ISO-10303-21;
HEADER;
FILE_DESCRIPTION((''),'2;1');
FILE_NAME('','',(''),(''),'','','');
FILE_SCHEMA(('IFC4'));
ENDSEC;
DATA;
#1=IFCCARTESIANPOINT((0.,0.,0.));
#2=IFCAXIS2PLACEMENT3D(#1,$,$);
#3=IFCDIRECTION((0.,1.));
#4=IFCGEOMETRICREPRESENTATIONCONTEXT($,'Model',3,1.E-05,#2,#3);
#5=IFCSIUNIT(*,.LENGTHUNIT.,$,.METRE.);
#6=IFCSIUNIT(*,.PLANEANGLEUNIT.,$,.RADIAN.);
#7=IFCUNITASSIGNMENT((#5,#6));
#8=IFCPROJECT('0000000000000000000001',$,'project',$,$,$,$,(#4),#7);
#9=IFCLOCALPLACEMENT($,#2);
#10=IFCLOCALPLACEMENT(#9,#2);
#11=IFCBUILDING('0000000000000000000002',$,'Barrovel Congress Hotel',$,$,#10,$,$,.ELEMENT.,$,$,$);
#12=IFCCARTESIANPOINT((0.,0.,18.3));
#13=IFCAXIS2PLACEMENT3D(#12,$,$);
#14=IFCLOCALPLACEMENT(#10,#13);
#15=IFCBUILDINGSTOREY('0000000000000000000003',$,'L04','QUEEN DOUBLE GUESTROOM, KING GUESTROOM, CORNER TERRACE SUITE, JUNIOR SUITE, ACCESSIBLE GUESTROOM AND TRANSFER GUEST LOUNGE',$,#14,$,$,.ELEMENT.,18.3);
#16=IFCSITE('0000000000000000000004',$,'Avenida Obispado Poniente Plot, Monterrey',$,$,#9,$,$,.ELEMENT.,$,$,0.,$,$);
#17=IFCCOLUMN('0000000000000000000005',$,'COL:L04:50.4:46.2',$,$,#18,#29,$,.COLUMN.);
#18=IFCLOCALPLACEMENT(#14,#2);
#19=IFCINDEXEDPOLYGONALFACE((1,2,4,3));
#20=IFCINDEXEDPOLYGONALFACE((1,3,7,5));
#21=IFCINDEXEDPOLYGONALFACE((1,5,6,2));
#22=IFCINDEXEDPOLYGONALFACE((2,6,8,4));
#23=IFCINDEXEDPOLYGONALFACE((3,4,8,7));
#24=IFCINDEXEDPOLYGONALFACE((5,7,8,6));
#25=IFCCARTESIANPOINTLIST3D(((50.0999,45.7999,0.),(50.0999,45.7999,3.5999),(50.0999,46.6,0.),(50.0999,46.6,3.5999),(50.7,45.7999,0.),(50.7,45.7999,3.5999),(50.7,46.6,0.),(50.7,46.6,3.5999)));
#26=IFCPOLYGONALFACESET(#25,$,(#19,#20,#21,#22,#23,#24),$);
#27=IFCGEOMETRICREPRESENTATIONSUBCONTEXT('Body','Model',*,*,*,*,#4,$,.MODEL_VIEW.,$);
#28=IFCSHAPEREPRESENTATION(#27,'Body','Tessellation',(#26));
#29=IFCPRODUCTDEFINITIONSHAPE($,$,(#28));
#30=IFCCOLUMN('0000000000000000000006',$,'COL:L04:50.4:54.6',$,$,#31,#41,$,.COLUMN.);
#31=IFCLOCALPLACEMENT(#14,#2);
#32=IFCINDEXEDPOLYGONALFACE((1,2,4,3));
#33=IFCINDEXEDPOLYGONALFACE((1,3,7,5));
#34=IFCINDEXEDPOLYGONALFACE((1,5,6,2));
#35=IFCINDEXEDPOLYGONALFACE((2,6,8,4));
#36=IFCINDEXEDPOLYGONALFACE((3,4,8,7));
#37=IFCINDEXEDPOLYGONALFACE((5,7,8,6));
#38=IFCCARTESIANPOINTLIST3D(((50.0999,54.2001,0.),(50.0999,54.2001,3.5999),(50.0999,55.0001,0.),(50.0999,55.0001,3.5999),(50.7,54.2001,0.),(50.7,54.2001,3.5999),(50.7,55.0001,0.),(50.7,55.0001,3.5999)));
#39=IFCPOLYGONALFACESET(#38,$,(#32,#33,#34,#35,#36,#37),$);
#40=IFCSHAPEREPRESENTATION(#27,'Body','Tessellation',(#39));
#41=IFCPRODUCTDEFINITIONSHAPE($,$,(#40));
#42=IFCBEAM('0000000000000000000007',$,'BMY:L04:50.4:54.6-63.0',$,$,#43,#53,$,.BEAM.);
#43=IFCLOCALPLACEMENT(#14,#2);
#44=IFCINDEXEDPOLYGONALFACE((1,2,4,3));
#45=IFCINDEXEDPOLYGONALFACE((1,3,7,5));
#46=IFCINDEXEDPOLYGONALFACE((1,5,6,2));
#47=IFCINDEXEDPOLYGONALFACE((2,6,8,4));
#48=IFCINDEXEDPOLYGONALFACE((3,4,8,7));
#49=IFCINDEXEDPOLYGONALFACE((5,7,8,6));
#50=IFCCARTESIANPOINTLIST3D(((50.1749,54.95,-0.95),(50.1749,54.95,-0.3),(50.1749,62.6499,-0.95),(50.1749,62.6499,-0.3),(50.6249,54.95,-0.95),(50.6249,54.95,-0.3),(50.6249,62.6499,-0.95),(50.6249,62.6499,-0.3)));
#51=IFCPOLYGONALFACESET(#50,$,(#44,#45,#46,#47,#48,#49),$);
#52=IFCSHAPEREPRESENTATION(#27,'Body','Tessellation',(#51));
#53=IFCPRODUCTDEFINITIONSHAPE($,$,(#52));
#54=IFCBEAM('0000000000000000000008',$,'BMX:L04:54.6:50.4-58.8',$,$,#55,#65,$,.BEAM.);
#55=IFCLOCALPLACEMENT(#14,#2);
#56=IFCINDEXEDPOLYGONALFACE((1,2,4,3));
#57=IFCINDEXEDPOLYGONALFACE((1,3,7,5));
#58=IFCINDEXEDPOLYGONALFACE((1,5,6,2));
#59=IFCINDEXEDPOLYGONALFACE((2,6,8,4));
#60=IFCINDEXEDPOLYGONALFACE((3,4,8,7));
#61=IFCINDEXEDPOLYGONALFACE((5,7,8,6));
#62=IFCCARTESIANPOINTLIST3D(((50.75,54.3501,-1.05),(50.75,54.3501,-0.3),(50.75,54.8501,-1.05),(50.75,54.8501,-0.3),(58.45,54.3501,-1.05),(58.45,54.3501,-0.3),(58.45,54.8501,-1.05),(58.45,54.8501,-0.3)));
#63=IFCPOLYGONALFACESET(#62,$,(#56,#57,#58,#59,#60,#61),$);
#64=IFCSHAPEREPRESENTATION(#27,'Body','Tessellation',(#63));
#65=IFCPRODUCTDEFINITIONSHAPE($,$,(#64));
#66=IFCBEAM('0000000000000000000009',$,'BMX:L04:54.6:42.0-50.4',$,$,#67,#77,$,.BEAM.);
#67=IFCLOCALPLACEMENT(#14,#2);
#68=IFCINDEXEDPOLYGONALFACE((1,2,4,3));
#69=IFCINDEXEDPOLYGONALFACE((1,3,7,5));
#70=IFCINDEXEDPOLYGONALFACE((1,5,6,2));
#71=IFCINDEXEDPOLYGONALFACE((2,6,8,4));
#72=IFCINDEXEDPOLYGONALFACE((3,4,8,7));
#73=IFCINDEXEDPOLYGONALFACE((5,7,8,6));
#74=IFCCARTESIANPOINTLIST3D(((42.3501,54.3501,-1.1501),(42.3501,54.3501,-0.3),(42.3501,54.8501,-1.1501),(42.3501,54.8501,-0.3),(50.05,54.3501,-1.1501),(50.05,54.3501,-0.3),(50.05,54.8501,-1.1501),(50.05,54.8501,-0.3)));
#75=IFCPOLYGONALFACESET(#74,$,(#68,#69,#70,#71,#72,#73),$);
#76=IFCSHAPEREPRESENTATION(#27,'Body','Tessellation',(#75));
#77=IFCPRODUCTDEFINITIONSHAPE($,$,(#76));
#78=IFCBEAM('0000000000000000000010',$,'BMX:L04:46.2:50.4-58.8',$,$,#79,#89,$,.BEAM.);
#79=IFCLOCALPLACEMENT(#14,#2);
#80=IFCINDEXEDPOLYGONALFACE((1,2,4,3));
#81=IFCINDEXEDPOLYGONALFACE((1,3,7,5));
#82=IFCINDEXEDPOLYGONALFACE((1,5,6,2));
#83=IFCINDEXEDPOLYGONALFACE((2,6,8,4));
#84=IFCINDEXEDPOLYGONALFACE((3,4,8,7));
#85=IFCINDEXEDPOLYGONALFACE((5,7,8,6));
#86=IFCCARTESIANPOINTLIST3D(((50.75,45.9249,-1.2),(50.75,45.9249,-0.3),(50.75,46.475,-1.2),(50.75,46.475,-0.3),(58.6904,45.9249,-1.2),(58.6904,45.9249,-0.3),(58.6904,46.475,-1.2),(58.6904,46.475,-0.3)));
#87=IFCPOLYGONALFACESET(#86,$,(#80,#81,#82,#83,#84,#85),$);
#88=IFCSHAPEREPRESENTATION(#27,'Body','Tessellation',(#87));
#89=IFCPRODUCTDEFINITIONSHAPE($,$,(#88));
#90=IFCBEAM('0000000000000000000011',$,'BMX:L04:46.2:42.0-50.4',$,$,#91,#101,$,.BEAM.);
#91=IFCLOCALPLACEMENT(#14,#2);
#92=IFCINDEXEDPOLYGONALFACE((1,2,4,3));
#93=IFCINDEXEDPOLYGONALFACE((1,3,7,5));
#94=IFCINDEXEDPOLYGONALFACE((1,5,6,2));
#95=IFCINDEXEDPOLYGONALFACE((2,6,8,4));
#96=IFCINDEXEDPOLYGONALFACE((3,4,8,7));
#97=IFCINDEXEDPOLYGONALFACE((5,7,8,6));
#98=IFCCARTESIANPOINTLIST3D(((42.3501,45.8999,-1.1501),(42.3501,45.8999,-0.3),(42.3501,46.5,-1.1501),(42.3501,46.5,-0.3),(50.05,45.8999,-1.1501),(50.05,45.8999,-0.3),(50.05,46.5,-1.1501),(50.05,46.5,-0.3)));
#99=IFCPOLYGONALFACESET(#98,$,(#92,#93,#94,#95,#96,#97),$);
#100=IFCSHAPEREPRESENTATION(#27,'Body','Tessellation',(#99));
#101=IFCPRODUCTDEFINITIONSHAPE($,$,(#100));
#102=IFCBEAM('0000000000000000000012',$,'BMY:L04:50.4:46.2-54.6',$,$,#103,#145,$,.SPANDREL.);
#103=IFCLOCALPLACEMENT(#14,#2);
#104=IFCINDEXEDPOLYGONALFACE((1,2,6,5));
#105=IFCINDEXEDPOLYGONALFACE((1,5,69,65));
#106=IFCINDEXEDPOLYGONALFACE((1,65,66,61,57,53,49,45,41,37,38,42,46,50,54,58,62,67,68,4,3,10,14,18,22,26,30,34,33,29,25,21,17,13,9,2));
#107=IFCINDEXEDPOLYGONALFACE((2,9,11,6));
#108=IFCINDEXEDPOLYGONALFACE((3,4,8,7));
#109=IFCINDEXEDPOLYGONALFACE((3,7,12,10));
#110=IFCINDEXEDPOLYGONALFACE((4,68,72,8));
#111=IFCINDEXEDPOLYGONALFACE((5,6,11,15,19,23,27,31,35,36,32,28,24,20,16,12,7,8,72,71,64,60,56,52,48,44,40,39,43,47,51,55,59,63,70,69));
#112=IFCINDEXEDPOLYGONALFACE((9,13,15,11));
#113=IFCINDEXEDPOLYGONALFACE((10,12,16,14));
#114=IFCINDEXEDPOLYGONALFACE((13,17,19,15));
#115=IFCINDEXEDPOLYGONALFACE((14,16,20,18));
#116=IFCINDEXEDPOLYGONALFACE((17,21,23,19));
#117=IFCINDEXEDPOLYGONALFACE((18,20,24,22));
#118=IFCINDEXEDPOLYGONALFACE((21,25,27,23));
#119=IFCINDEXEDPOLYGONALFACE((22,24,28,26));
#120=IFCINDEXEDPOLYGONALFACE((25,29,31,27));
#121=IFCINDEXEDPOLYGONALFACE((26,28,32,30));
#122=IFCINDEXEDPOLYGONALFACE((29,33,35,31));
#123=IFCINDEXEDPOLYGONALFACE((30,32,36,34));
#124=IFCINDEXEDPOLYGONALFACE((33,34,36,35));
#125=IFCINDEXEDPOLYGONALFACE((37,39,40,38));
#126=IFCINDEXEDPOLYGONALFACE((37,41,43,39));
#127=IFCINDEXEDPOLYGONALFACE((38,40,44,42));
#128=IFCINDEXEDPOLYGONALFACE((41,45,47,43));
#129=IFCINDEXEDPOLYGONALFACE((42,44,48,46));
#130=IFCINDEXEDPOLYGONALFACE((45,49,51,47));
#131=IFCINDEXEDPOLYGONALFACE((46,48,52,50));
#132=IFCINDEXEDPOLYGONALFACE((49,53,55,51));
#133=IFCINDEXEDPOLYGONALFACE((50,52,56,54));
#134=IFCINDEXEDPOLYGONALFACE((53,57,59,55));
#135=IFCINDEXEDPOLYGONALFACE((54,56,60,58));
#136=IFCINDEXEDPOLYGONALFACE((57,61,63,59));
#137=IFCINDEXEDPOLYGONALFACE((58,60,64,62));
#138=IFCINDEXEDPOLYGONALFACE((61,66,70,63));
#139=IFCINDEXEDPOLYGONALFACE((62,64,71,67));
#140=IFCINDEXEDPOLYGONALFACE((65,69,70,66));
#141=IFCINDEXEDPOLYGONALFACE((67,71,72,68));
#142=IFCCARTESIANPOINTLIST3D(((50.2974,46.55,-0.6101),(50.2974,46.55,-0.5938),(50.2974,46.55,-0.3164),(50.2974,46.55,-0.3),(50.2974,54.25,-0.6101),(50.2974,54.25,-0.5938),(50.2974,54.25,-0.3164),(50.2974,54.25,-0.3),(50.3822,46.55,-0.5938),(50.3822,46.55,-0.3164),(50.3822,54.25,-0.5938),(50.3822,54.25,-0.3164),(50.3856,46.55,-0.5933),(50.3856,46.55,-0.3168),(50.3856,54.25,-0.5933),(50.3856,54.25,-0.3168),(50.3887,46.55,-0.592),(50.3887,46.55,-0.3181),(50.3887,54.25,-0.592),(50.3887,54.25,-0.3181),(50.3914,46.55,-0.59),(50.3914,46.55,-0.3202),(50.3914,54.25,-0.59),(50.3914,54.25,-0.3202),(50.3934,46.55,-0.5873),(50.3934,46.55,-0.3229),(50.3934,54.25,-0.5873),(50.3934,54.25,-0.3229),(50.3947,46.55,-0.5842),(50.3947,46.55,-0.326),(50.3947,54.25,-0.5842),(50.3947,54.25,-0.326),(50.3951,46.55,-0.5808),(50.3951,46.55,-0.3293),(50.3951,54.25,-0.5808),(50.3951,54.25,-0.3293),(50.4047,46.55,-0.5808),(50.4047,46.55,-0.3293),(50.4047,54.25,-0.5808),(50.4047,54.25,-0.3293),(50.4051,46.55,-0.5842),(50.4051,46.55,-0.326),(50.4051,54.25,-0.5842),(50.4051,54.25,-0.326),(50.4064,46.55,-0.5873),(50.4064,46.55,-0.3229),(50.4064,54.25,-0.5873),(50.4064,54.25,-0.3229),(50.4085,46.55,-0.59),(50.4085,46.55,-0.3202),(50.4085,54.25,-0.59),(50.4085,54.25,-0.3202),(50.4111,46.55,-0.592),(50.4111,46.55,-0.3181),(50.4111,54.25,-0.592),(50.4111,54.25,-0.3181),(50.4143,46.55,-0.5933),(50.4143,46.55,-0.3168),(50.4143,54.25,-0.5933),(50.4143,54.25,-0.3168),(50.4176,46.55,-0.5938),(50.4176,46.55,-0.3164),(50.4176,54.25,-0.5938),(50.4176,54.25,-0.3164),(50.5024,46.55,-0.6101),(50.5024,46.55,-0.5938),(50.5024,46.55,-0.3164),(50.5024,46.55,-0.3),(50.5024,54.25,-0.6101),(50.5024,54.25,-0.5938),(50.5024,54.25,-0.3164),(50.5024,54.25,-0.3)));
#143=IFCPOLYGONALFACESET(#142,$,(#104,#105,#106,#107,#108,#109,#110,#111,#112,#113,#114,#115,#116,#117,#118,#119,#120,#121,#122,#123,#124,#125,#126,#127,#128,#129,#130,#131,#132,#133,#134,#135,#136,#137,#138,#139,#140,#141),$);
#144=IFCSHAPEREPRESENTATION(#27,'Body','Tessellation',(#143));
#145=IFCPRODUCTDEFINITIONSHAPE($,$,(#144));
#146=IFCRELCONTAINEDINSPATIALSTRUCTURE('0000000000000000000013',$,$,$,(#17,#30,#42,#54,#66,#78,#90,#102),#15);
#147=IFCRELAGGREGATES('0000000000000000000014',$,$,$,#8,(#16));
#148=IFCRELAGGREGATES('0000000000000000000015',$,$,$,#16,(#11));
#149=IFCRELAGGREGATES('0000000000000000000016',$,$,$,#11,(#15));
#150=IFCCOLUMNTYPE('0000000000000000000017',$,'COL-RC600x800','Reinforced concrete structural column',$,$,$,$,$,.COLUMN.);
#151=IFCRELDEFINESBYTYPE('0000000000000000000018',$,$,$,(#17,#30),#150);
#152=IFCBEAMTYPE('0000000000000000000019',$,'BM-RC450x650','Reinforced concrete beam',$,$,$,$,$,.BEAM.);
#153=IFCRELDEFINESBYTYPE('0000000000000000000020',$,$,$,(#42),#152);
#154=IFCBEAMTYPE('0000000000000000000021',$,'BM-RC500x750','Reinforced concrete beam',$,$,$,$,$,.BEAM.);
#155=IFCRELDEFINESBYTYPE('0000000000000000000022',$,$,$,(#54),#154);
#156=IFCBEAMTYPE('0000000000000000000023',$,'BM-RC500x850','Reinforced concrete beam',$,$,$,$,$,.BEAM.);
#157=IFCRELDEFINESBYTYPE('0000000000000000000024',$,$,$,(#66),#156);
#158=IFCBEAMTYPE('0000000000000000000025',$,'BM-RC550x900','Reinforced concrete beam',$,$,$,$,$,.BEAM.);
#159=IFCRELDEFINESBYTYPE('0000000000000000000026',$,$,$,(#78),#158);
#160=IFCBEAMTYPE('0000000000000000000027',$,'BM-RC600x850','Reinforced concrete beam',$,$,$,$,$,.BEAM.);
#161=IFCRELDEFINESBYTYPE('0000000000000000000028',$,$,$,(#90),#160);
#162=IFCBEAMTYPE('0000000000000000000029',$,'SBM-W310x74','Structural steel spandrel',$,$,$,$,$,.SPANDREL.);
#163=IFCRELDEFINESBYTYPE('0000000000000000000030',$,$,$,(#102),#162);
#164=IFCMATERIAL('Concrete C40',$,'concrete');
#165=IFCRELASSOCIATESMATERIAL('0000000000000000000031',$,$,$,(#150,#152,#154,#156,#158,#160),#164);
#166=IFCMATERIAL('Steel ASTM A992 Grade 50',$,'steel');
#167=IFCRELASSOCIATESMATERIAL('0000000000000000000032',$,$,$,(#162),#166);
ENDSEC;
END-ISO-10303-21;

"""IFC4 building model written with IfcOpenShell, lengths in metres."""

from ifc_helpers import new_model, si_unit, direction, frame, origin, origin_2d, place, context, subcontext, project, spatial, rectangle, i_section, extrude, material, material_profile, profile_set, type_object, element, save


model = new_model("IFC4")

# Units and contexts
model_context = context("Model", 3, precision=1e-05, world=origin(), true_north=direction((0.0, 1.0)))
body_context = subcontext(model_context, "Body", "Model", "MODEL_VIEW")
ifc_project = project(units=[si_unit("LENGTHUNIT", "METRE"), si_unit("PLANEANGLEUNIT", "RADIAN")], contexts=[model_context])

# Site, building, storey
site_placement = place(None, origin())
site = spatial("IfcSite", under=ifc_project, at=site_placement, Name="Avenida Obispado Poniente Plot, Monterrey", CompositionType="ELEMENT", RefElevation=0.0)
building_placement = place(site_placement, origin())
building = spatial("IfcBuilding", under=site, at=building_placement, Name="Barrovel Congress Hotel", CompositionType="ELEMENT")
storey_placement = place(building_placement, frame((0.0, 0.0, 18.3)))
storey = spatial("IfcBuildingStorey", under=building, at=storey_placement, Name="L04", Description="QUEEN DOUBLE GUESTROOM, KING GUESTROOM, CORNER TERRACE SUITE, JUNIOR SUITE, ACCESSIBLE GUESTROOM AND TRANSFER GUEST LOUNGE", CompositionType="ELEMENT", Elevation=18.3)

# Columns
ifc_material_1 = material(Name="Concrete C40", Category="concrete")
ifc_material_profile_1 = material_profile(ifc_material_1, rectangle(XDim=0.6001, YDim=0.8, at=origin_2d()), Name="RC600x800")
ifc_profile_set_1 = profile_set([ifc_material_profile_1], Name="Concrete C40")
column_type = type_object("IfcColumnType", Name="COL-RC600x800", Description="Reinforced concrete structural column", PredefinedType="COLUMN", material=ifc_profile_set_1)
for number, where, z_axis, x_axis, name in (
    (1, (50.3999, 46.2, 0.0), (0.0, 0.0, 1.0), (1.0, 0.0, 0.0), "COL:L04:50.4:46.2"),
    (2, (50.3999, 54.6001, 0.0), (0.0, 0.0, 1.0), (1.0, 0.0, 0.0), "COL:L04:50.4:54.6"),
):
    element("IfcColumn", number, at=place(storey_placement, frame(where, z_axis=z_axis, x_axis=x_axis)), inside=storey, type_object=column_type, Name=name, PredefinedType="COLUMN", context=body_context, shape_type="SweptSolid", body=[
        extrude(rectangle(XDim=0.6001, YDim=0.8, at=origin_2d()), origin(), (0.0, 0.0, 1.0), 3.5999),
    ])

# Beams
ifc_material_profile_2 = material_profile(ifc_material_1, rectangle(XDim=0.45, YDim=0.6499, at=origin_2d()), Name="RC450x650")
ifc_profile_set_2 = profile_set([ifc_material_profile_2], Name="Concrete C40")
beam_type_1 = type_object("IfcBeamType", Name="BM-RC450x650", Description="Reinforced concrete beam", PredefinedType="BEAM", material=ifc_profile_set_2)
beam_1_placement = place(storey_placement, frame((50.3999, 54.95, -0.625), z_axis=(0.0, 1.0, 0.0), x_axis=(-1.0, 0.0, 0.0)))
element("IfcBeam", 3, at=beam_1_placement, inside=storey, type_object=beam_type_1, Name="BMY:L04:50.4:54.6-63.0", PredefinedType="BEAM", context=body_context, shape_type="SweptSolid", body=[
    extrude(rectangle(XDim=0.45, YDim=0.6499, at=origin_2d()), origin(), (0.0, 0.0, 1.0), 7.7),
])
ifc_material_profile_3 = material_profile(ifc_material_1, rectangle(XDim=0.5, YDim=0.75, at=origin_2d()), Name="RC500x750")
ifc_profile_set_3 = profile_set([ifc_material_profile_3], Name="Concrete C40")
beam_type_2 = type_object("IfcBeamType", Name="BM-RC500x750", Description="Reinforced concrete beam", PredefinedType="BEAM", material=ifc_profile_set_3)
beam_2_placement = place(storey_placement, frame((50.75, 54.6001, -0.675), z_axis=(1.0, 0.0, 0.0), x_axis=(0.0, 1.0, 0.0)))
element("IfcBeam", 4, at=beam_2_placement, inside=storey, type_object=beam_type_2, Name="BMX:L04:54.6:50.4-58.8", PredefinedType="BEAM", context=body_context, shape_type="SweptSolid", body=[
    extrude(rectangle(XDim=0.5, YDim=0.75, at=origin_2d()), origin(), (0.0, 0.0, 1.0), 7.7),
])
ifc_material_profile_4 = material_profile(ifc_material_1, rectangle(XDim=0.5, YDim=0.8501, at=origin_2d()), Name="RC500x850")
ifc_profile_set_4 = profile_set([ifc_material_profile_4], Name="Concrete C40")
beam_type_3 = type_object("IfcBeamType", Name="BM-RC500x850", Description="Reinforced concrete beam", PredefinedType="BEAM", material=ifc_profile_set_4)
beam_3_placement = place(storey_placement, frame((42.3501, 54.6001, -0.7251), z_axis=(1.0, 0.0, 0.0), x_axis=(0.0, 1.0, 0.0)))
element("IfcBeam", 5, at=beam_3_placement, inside=storey, type_object=beam_type_3, Name="BMX:L04:54.6:42.0-50.4", PredefinedType="BEAM", context=body_context, shape_type="SweptSolid", body=[
    extrude(rectangle(XDim=0.5, YDim=0.8501, at=origin_2d()), origin(), (0.0, 0.0, 1.0), 7.7),
])
ifc_material_profile_5 = material_profile(ifc_material_1, rectangle(XDim=0.55, YDim=0.8999, at=origin_2d()), Name="RC550x900")
ifc_profile_set_5 = profile_set([ifc_material_profile_5], Name="Concrete C40")
beam_type_4 = type_object("IfcBeamType", Name="BM-RC550x900", Description="Reinforced concrete beam", PredefinedType="BEAM", material=ifc_profile_set_5)
beam_4_placement = place(storey_placement, frame((50.75, 46.2, -0.75), z_axis=(1.0, 0.0, 0.0), x_axis=(0.0, 1.0, 0.0)))
element("IfcBeam", 6, at=beam_4_placement, inside=storey, type_object=beam_type_4, Name="BMX:L04:46.2:50.4-58.8", PredefinedType="BEAM", context=body_context, shape_type="SweptSolid", body=[
    extrude(rectangle(XDim=0.55, YDim=0.8999, at=origin_2d()), origin(), (0.0, 0.0, 1.0), 7.9404),
])
ifc_material_profile_6 = material_profile(ifc_material_1, rectangle(XDim=0.6001, YDim=0.8501, at=origin_2d()), Name="RC600x850")
ifc_profile_set_6 = profile_set([ifc_material_profile_6], Name="Concrete C40")
beam_type_5 = type_object("IfcBeamType", Name="BM-RC600x850", Description="Reinforced concrete beam", PredefinedType="BEAM", material=ifc_profile_set_6)
beam_5_placement = place(storey_placement, frame((42.3501, 46.2, -0.7251), z_axis=(1.0, 0.0, 0.0), x_axis=(0.0, 1.0, 0.0)))
element("IfcBeam", 7, at=beam_5_placement, inside=storey, type_object=beam_type_5, Name="BMX:L04:46.2:42.0-50.4", PredefinedType="BEAM", context=body_context, shape_type="SweptSolid", body=[
    extrude(rectangle(XDim=0.6001, YDim=0.8501, at=origin_2d()), origin(), (0.0, 0.0, 1.0), 7.7),
])
ifc_material_2 = material(Name="Steel ASTM A992 Grade 50", Category="steel")
ifc_material_profile_7 = material_profile(ifc_material_2, i_section(OverallWidth=0.2051, OverallDepth=0.3101, WebThickness=0.0095, FlangeThickness=0.0164, FilletRadius=0.0129, at=origin_2d()), Name="W310x74")
ifc_profile_set_7 = profile_set([ifc_material_profile_7], Name="Steel ASTM A992 Grade 50")
beam_type_6 = type_object("IfcBeamType", Name="SBM-W310x74", Description="Structural steel spandrel", PredefinedType="SPANDREL", material=ifc_profile_set_7)
beam_6_placement = place(storey_placement, frame((50.3999, 46.55, -0.4551), z_axis=(0.0, 1.0, 0.0), x_axis=(-1.0, 0.0, 0.0)))
element("IfcBeam", 8, at=beam_6_placement, inside=storey, type_object=beam_type_6, Name="BMY:L04:50.4:46.2-54.6", PredefinedType="SPANDREL", context=body_context, shape_type="SweptSolid", body=[
    extrude(i_section(OverallWidth=0.2051, OverallDepth=0.3101, WebThickness=0.0095, FlangeThickness=0.0164, FilletRadius=0.0129, at=origin_2d()), origin(), (0.0, 0.0, 1.0), 7.7),
])

save(model, "model.ifc")
